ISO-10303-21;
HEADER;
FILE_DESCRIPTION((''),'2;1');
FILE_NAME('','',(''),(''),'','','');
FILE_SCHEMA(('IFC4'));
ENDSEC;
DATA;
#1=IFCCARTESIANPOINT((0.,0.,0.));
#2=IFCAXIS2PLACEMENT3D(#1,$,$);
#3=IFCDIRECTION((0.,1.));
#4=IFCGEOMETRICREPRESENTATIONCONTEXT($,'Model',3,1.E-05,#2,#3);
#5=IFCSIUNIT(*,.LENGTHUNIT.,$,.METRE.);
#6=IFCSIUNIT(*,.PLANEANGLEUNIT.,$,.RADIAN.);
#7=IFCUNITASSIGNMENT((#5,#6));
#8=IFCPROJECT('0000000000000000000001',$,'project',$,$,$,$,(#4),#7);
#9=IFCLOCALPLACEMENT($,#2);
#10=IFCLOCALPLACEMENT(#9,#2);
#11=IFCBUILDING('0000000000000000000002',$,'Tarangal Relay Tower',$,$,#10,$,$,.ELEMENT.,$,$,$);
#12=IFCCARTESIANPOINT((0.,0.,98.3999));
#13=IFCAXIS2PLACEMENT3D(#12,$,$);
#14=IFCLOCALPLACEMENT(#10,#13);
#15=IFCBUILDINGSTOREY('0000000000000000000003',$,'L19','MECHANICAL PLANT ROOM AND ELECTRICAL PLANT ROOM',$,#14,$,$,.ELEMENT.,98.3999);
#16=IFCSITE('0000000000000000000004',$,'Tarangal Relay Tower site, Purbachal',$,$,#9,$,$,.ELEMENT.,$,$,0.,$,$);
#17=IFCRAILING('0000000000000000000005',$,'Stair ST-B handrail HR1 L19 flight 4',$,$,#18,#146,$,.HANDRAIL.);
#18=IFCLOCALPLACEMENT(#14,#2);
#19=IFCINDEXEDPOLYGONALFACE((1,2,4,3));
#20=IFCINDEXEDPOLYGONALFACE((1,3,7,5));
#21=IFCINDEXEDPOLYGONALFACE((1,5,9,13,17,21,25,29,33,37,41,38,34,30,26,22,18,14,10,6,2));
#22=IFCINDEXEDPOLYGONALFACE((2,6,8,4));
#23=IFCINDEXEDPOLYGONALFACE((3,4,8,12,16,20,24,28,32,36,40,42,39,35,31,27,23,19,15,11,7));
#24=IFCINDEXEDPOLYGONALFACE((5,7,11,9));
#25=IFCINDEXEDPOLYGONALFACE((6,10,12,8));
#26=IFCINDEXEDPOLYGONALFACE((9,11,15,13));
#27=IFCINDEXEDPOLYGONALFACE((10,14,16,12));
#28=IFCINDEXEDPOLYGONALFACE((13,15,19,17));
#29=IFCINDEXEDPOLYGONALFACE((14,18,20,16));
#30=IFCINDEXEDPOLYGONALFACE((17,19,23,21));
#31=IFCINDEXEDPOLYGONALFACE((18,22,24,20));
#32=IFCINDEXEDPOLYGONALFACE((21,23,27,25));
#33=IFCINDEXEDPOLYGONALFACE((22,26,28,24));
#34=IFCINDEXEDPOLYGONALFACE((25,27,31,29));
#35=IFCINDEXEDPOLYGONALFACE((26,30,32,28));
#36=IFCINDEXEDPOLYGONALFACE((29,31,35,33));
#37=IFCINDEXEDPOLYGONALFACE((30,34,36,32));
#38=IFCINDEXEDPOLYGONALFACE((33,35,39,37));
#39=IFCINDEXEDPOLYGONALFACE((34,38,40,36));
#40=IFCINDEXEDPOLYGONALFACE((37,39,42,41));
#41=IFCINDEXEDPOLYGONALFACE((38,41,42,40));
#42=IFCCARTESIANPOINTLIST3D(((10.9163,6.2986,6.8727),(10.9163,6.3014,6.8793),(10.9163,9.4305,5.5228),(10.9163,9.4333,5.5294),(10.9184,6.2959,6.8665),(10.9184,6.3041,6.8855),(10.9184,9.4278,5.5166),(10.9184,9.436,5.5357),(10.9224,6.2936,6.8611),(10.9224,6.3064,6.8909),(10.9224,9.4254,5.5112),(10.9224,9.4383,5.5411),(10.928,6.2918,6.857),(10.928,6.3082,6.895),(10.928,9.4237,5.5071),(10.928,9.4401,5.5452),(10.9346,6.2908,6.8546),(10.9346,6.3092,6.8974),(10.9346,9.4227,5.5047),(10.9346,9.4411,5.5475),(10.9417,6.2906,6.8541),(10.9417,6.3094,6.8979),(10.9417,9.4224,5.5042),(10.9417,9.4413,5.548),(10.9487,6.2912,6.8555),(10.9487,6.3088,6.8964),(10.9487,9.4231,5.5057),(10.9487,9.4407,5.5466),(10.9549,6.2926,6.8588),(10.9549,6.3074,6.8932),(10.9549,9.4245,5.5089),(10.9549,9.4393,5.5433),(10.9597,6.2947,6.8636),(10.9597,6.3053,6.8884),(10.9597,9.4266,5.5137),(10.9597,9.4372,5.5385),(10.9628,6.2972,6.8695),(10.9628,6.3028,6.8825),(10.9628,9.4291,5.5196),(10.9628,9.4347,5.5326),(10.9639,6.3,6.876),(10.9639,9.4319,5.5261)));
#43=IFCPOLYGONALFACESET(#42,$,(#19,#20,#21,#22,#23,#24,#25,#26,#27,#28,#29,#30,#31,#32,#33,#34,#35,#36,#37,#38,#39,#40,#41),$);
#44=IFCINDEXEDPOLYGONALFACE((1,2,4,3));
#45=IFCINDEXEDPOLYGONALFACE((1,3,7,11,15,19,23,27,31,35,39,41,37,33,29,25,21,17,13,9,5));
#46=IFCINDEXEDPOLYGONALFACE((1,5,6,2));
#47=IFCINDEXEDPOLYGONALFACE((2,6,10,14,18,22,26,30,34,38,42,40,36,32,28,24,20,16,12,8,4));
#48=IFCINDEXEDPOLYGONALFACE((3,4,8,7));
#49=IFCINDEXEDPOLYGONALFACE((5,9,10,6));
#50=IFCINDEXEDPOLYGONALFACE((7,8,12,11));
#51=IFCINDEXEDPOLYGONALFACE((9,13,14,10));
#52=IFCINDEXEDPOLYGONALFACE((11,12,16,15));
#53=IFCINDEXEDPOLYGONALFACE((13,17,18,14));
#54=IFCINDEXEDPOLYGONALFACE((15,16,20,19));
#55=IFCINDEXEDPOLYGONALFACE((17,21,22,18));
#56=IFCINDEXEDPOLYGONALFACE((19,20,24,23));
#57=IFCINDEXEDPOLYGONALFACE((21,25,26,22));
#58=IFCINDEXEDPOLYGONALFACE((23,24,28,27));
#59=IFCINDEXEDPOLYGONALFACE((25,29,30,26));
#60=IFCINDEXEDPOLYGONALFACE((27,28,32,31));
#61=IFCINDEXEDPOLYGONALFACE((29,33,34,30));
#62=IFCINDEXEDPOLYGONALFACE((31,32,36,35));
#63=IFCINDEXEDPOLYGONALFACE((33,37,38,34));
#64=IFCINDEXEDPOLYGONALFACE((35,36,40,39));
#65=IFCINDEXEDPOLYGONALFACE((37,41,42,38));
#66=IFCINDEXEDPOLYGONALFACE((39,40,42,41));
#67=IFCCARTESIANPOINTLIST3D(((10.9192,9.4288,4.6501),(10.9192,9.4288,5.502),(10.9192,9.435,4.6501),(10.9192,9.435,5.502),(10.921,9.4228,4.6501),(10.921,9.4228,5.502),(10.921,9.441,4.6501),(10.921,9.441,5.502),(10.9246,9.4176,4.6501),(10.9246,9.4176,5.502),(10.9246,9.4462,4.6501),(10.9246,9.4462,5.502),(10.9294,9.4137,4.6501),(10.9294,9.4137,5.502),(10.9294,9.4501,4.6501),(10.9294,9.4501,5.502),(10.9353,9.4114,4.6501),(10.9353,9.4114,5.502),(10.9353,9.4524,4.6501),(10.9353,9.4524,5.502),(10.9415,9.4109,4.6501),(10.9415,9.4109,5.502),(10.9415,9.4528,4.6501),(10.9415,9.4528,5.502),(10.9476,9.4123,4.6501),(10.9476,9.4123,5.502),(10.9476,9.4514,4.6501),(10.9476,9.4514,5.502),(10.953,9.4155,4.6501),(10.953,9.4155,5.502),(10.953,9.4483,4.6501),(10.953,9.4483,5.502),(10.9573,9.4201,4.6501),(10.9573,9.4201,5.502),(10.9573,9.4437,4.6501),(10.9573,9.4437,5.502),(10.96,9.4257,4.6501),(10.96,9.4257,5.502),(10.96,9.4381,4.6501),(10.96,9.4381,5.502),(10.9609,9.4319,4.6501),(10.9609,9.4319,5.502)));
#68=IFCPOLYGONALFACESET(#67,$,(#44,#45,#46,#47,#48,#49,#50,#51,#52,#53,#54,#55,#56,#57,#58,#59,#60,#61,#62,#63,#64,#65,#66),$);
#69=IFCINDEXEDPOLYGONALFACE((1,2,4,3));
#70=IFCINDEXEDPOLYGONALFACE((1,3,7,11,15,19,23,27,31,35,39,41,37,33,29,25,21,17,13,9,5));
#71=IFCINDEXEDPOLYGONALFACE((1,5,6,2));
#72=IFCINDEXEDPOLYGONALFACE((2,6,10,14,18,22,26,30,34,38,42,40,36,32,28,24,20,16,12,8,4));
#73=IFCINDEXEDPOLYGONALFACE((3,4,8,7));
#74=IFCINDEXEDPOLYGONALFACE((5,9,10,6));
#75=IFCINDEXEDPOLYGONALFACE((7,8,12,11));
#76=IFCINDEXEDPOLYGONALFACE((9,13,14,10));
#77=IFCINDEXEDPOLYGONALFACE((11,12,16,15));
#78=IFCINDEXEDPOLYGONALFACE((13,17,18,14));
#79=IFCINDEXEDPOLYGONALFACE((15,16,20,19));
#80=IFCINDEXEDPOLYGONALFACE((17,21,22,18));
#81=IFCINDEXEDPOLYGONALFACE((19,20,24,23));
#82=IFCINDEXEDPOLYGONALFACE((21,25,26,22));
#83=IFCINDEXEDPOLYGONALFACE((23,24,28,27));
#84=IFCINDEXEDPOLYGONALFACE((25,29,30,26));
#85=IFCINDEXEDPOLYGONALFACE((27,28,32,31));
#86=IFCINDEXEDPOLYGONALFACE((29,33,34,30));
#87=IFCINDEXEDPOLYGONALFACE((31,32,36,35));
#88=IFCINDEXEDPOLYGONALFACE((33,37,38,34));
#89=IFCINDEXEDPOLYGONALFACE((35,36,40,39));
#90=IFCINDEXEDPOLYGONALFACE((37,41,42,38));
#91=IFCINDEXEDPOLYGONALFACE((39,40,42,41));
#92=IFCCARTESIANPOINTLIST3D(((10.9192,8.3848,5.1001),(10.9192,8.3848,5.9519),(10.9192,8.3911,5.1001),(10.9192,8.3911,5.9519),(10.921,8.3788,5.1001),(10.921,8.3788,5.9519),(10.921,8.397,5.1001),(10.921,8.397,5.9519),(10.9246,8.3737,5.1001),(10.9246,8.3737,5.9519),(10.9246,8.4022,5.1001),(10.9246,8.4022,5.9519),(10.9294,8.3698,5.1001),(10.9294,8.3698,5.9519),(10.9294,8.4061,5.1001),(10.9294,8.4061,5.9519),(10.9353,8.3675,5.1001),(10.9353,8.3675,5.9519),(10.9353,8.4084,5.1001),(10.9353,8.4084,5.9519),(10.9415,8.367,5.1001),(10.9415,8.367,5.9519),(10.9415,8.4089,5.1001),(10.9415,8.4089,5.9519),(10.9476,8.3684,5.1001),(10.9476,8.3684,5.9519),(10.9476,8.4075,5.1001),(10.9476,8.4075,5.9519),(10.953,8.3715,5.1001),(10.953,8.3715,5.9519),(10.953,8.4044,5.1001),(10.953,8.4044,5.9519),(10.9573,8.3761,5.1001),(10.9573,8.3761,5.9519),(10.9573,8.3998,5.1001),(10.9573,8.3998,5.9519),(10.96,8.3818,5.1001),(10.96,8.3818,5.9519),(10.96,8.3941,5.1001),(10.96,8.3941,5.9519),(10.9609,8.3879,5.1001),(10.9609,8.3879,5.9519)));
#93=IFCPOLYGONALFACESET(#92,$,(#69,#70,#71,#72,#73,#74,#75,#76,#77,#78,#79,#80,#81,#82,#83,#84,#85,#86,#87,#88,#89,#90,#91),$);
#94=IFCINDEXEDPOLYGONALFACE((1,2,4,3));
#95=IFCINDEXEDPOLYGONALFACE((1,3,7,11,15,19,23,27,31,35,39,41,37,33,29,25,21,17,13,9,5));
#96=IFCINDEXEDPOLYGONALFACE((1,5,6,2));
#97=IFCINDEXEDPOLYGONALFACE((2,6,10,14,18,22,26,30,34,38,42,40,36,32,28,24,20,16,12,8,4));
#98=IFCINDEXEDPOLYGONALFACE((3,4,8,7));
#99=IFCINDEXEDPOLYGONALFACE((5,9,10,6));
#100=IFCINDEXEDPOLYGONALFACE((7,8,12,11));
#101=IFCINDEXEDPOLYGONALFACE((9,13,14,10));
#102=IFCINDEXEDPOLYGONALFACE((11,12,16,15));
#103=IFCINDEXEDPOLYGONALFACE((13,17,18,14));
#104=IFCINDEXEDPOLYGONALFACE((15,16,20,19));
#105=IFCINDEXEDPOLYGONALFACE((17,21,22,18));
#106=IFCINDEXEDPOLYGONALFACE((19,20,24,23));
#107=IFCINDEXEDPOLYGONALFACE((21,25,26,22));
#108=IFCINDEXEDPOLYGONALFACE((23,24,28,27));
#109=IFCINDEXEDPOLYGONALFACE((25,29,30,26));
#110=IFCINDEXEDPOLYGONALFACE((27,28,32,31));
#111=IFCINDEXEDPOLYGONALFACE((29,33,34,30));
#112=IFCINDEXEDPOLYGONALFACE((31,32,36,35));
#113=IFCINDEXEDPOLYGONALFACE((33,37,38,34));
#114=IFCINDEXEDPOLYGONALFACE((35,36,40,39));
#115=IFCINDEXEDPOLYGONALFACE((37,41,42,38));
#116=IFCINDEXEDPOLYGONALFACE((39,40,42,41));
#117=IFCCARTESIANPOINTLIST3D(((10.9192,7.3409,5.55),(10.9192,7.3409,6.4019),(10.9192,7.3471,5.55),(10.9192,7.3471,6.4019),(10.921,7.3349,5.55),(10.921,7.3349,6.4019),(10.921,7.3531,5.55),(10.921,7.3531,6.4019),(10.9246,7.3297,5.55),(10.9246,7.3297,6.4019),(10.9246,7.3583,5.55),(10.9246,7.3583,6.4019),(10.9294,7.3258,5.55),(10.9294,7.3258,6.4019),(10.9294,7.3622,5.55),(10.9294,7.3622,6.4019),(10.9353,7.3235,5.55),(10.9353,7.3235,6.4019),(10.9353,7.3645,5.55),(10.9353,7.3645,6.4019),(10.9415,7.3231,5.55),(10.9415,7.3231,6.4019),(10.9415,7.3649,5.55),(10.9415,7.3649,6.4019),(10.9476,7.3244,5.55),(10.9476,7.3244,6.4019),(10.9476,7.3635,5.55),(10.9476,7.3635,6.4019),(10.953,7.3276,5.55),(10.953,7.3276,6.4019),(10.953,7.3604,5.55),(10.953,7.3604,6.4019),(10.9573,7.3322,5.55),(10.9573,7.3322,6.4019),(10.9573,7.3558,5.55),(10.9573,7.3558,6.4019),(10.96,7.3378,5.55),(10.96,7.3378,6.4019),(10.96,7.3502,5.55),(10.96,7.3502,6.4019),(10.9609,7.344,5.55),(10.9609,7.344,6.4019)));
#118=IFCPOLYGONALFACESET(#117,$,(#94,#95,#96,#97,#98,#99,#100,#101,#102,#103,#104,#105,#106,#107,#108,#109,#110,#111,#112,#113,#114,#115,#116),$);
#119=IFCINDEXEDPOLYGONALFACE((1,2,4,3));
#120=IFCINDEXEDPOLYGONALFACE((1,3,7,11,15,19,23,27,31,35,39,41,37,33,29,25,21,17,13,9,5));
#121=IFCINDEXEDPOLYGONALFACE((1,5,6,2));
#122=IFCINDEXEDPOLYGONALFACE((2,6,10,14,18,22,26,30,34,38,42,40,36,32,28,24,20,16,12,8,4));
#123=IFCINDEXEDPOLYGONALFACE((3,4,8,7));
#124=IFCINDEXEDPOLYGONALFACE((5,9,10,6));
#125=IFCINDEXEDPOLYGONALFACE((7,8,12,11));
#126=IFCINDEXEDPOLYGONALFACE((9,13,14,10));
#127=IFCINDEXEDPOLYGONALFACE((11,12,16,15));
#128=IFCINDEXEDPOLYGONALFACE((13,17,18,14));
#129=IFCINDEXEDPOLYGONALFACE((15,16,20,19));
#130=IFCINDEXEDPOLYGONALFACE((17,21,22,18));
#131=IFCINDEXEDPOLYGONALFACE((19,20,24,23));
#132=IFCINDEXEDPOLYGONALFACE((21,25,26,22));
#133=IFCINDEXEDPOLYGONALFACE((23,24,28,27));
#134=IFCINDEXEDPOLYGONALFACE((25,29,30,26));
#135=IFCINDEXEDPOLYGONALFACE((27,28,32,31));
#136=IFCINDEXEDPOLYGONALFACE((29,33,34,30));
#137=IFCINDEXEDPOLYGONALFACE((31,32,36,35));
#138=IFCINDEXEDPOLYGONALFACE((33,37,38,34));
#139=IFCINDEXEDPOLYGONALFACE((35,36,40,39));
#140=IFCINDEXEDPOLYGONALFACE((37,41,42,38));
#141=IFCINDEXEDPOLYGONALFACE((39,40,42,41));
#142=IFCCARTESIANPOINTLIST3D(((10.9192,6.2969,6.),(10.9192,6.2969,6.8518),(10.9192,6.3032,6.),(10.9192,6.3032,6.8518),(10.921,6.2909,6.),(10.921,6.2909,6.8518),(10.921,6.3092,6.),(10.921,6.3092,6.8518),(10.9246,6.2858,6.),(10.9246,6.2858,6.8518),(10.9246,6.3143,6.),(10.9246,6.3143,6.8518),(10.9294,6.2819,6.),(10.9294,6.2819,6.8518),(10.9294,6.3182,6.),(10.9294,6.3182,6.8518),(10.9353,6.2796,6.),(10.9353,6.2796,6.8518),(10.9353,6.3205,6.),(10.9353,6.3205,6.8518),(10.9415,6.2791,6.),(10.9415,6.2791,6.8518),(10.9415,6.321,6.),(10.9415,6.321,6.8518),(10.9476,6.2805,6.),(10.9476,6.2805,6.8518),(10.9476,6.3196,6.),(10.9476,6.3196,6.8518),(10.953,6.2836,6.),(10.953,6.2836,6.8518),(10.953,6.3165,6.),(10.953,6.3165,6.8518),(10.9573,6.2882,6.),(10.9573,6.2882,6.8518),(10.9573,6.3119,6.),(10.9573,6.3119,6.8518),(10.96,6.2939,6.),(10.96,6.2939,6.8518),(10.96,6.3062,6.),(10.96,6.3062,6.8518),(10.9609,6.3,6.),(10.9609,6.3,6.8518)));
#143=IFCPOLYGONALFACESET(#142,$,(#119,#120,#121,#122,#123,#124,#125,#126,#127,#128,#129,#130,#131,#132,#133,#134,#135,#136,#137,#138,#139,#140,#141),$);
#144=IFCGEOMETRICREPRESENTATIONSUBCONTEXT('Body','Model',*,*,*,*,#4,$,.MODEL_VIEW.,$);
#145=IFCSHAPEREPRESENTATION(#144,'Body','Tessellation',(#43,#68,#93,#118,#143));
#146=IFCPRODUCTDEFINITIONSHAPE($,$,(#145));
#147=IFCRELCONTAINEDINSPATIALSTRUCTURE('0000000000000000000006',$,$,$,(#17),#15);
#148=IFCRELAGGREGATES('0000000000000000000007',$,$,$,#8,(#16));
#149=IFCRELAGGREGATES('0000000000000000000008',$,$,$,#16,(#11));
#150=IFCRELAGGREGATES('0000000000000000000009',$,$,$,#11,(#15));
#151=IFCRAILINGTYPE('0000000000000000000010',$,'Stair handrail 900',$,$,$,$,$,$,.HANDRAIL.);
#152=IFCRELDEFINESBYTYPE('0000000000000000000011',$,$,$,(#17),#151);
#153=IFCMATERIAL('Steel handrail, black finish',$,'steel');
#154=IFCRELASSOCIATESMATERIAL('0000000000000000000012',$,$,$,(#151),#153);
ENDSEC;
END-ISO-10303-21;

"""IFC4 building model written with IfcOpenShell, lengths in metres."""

from ifc_helpers import new_model, si_unit, direction, frame, origin, origin_2d, place, context, subcontext, project, spatial, circle, extrude, material, type_object, element, save


model = new_model("IFC4")

# Units and contexts
model_context = context("Model", 3, precision=1e-05, world=origin(), true_north=direction((0.0, 1.0)))
body_context = subcontext(model_context, "Body", "Model", "MODEL_VIEW")
ifc_project = project(units=[si_unit("LENGTHUNIT", "METRE"), si_unit("PLANEANGLEUNIT", "RADIAN")], contexts=[model_context])

# Site, building, storey
site_placement = place(None, origin())
site = spatial("IfcSite", under=ifc_project, at=site_placement, Name="Tarangal Relay Tower site, Purbachal", CompositionType="ELEMENT", RefElevation=0.0)
building_placement = place(site_placement, origin())
building = spatial("IfcBuilding", under=site, at=building_placement, Name="Tarangal Relay Tower", CompositionType="ELEMENT")
storey_placement = place(building_placement, frame((0.0, 0.0, 98.3999)))
storey = spatial("IfcBuildingStorey", under=building, at=storey_placement, Name="L19", Description="MECHANICAL PLANT ROOM AND ELECTRICAL PLANT ROOM", CompositionType="ELEMENT", Elevation=98.3999)

# Railing
ifc_material_1 = material(Name="Steel handrail, black finish", Category="steel")
railing_type_1 = type_object("IfcRailingType", Name="Stair handrail 900", PredefinedType="HANDRAIL", material=ifc_material_1)
for number, where, name in (
    (1, (10.9399, 9.4319, 4.6501), "Stair ST-B handrail HR1 L19 flight 4"),
):
    element("IfcRailing", number, at=place(storey_placement, frame(where)), inside=storey, type_object=railing_type_1, Name=name, PredefinedType="HANDRAIL", context=body_context, shape_type="SweptSolid", body=[
        extrude(circle(Radius=0.0239, at=origin_2d()), frame((0.0, 0.0, 0.876), z_axis=(0.0, -0.918332, 0.395811), x_axis=(1.0, 0.0, 0.0)), (0.0, 0.0, 1.0), 3.4104),
        extrude(circle(Radius=0.021, at=origin_2d()), origin(), (0.0, 0.0, 1.0), 0.8518),
        extrude(circle(Radius=0.021, at=origin_2d()), frame((0.0, -1.0439, 0.45)), (0.0, 0.0, 1.0), 0.8518),
        extrude(circle(Radius=0.021, at=origin_2d()), frame((0.0, -2.0879, 0.8999)), (0.0, 0.0, 1.0), 0.8518),
        extrude(circle(Radius=0.021, at=origin_2d()), frame((0.0, -3.1318, 1.3499)), (0.0, 0.0, 1.0), 0.8518),
    ])

save(model, "model.ifc")
